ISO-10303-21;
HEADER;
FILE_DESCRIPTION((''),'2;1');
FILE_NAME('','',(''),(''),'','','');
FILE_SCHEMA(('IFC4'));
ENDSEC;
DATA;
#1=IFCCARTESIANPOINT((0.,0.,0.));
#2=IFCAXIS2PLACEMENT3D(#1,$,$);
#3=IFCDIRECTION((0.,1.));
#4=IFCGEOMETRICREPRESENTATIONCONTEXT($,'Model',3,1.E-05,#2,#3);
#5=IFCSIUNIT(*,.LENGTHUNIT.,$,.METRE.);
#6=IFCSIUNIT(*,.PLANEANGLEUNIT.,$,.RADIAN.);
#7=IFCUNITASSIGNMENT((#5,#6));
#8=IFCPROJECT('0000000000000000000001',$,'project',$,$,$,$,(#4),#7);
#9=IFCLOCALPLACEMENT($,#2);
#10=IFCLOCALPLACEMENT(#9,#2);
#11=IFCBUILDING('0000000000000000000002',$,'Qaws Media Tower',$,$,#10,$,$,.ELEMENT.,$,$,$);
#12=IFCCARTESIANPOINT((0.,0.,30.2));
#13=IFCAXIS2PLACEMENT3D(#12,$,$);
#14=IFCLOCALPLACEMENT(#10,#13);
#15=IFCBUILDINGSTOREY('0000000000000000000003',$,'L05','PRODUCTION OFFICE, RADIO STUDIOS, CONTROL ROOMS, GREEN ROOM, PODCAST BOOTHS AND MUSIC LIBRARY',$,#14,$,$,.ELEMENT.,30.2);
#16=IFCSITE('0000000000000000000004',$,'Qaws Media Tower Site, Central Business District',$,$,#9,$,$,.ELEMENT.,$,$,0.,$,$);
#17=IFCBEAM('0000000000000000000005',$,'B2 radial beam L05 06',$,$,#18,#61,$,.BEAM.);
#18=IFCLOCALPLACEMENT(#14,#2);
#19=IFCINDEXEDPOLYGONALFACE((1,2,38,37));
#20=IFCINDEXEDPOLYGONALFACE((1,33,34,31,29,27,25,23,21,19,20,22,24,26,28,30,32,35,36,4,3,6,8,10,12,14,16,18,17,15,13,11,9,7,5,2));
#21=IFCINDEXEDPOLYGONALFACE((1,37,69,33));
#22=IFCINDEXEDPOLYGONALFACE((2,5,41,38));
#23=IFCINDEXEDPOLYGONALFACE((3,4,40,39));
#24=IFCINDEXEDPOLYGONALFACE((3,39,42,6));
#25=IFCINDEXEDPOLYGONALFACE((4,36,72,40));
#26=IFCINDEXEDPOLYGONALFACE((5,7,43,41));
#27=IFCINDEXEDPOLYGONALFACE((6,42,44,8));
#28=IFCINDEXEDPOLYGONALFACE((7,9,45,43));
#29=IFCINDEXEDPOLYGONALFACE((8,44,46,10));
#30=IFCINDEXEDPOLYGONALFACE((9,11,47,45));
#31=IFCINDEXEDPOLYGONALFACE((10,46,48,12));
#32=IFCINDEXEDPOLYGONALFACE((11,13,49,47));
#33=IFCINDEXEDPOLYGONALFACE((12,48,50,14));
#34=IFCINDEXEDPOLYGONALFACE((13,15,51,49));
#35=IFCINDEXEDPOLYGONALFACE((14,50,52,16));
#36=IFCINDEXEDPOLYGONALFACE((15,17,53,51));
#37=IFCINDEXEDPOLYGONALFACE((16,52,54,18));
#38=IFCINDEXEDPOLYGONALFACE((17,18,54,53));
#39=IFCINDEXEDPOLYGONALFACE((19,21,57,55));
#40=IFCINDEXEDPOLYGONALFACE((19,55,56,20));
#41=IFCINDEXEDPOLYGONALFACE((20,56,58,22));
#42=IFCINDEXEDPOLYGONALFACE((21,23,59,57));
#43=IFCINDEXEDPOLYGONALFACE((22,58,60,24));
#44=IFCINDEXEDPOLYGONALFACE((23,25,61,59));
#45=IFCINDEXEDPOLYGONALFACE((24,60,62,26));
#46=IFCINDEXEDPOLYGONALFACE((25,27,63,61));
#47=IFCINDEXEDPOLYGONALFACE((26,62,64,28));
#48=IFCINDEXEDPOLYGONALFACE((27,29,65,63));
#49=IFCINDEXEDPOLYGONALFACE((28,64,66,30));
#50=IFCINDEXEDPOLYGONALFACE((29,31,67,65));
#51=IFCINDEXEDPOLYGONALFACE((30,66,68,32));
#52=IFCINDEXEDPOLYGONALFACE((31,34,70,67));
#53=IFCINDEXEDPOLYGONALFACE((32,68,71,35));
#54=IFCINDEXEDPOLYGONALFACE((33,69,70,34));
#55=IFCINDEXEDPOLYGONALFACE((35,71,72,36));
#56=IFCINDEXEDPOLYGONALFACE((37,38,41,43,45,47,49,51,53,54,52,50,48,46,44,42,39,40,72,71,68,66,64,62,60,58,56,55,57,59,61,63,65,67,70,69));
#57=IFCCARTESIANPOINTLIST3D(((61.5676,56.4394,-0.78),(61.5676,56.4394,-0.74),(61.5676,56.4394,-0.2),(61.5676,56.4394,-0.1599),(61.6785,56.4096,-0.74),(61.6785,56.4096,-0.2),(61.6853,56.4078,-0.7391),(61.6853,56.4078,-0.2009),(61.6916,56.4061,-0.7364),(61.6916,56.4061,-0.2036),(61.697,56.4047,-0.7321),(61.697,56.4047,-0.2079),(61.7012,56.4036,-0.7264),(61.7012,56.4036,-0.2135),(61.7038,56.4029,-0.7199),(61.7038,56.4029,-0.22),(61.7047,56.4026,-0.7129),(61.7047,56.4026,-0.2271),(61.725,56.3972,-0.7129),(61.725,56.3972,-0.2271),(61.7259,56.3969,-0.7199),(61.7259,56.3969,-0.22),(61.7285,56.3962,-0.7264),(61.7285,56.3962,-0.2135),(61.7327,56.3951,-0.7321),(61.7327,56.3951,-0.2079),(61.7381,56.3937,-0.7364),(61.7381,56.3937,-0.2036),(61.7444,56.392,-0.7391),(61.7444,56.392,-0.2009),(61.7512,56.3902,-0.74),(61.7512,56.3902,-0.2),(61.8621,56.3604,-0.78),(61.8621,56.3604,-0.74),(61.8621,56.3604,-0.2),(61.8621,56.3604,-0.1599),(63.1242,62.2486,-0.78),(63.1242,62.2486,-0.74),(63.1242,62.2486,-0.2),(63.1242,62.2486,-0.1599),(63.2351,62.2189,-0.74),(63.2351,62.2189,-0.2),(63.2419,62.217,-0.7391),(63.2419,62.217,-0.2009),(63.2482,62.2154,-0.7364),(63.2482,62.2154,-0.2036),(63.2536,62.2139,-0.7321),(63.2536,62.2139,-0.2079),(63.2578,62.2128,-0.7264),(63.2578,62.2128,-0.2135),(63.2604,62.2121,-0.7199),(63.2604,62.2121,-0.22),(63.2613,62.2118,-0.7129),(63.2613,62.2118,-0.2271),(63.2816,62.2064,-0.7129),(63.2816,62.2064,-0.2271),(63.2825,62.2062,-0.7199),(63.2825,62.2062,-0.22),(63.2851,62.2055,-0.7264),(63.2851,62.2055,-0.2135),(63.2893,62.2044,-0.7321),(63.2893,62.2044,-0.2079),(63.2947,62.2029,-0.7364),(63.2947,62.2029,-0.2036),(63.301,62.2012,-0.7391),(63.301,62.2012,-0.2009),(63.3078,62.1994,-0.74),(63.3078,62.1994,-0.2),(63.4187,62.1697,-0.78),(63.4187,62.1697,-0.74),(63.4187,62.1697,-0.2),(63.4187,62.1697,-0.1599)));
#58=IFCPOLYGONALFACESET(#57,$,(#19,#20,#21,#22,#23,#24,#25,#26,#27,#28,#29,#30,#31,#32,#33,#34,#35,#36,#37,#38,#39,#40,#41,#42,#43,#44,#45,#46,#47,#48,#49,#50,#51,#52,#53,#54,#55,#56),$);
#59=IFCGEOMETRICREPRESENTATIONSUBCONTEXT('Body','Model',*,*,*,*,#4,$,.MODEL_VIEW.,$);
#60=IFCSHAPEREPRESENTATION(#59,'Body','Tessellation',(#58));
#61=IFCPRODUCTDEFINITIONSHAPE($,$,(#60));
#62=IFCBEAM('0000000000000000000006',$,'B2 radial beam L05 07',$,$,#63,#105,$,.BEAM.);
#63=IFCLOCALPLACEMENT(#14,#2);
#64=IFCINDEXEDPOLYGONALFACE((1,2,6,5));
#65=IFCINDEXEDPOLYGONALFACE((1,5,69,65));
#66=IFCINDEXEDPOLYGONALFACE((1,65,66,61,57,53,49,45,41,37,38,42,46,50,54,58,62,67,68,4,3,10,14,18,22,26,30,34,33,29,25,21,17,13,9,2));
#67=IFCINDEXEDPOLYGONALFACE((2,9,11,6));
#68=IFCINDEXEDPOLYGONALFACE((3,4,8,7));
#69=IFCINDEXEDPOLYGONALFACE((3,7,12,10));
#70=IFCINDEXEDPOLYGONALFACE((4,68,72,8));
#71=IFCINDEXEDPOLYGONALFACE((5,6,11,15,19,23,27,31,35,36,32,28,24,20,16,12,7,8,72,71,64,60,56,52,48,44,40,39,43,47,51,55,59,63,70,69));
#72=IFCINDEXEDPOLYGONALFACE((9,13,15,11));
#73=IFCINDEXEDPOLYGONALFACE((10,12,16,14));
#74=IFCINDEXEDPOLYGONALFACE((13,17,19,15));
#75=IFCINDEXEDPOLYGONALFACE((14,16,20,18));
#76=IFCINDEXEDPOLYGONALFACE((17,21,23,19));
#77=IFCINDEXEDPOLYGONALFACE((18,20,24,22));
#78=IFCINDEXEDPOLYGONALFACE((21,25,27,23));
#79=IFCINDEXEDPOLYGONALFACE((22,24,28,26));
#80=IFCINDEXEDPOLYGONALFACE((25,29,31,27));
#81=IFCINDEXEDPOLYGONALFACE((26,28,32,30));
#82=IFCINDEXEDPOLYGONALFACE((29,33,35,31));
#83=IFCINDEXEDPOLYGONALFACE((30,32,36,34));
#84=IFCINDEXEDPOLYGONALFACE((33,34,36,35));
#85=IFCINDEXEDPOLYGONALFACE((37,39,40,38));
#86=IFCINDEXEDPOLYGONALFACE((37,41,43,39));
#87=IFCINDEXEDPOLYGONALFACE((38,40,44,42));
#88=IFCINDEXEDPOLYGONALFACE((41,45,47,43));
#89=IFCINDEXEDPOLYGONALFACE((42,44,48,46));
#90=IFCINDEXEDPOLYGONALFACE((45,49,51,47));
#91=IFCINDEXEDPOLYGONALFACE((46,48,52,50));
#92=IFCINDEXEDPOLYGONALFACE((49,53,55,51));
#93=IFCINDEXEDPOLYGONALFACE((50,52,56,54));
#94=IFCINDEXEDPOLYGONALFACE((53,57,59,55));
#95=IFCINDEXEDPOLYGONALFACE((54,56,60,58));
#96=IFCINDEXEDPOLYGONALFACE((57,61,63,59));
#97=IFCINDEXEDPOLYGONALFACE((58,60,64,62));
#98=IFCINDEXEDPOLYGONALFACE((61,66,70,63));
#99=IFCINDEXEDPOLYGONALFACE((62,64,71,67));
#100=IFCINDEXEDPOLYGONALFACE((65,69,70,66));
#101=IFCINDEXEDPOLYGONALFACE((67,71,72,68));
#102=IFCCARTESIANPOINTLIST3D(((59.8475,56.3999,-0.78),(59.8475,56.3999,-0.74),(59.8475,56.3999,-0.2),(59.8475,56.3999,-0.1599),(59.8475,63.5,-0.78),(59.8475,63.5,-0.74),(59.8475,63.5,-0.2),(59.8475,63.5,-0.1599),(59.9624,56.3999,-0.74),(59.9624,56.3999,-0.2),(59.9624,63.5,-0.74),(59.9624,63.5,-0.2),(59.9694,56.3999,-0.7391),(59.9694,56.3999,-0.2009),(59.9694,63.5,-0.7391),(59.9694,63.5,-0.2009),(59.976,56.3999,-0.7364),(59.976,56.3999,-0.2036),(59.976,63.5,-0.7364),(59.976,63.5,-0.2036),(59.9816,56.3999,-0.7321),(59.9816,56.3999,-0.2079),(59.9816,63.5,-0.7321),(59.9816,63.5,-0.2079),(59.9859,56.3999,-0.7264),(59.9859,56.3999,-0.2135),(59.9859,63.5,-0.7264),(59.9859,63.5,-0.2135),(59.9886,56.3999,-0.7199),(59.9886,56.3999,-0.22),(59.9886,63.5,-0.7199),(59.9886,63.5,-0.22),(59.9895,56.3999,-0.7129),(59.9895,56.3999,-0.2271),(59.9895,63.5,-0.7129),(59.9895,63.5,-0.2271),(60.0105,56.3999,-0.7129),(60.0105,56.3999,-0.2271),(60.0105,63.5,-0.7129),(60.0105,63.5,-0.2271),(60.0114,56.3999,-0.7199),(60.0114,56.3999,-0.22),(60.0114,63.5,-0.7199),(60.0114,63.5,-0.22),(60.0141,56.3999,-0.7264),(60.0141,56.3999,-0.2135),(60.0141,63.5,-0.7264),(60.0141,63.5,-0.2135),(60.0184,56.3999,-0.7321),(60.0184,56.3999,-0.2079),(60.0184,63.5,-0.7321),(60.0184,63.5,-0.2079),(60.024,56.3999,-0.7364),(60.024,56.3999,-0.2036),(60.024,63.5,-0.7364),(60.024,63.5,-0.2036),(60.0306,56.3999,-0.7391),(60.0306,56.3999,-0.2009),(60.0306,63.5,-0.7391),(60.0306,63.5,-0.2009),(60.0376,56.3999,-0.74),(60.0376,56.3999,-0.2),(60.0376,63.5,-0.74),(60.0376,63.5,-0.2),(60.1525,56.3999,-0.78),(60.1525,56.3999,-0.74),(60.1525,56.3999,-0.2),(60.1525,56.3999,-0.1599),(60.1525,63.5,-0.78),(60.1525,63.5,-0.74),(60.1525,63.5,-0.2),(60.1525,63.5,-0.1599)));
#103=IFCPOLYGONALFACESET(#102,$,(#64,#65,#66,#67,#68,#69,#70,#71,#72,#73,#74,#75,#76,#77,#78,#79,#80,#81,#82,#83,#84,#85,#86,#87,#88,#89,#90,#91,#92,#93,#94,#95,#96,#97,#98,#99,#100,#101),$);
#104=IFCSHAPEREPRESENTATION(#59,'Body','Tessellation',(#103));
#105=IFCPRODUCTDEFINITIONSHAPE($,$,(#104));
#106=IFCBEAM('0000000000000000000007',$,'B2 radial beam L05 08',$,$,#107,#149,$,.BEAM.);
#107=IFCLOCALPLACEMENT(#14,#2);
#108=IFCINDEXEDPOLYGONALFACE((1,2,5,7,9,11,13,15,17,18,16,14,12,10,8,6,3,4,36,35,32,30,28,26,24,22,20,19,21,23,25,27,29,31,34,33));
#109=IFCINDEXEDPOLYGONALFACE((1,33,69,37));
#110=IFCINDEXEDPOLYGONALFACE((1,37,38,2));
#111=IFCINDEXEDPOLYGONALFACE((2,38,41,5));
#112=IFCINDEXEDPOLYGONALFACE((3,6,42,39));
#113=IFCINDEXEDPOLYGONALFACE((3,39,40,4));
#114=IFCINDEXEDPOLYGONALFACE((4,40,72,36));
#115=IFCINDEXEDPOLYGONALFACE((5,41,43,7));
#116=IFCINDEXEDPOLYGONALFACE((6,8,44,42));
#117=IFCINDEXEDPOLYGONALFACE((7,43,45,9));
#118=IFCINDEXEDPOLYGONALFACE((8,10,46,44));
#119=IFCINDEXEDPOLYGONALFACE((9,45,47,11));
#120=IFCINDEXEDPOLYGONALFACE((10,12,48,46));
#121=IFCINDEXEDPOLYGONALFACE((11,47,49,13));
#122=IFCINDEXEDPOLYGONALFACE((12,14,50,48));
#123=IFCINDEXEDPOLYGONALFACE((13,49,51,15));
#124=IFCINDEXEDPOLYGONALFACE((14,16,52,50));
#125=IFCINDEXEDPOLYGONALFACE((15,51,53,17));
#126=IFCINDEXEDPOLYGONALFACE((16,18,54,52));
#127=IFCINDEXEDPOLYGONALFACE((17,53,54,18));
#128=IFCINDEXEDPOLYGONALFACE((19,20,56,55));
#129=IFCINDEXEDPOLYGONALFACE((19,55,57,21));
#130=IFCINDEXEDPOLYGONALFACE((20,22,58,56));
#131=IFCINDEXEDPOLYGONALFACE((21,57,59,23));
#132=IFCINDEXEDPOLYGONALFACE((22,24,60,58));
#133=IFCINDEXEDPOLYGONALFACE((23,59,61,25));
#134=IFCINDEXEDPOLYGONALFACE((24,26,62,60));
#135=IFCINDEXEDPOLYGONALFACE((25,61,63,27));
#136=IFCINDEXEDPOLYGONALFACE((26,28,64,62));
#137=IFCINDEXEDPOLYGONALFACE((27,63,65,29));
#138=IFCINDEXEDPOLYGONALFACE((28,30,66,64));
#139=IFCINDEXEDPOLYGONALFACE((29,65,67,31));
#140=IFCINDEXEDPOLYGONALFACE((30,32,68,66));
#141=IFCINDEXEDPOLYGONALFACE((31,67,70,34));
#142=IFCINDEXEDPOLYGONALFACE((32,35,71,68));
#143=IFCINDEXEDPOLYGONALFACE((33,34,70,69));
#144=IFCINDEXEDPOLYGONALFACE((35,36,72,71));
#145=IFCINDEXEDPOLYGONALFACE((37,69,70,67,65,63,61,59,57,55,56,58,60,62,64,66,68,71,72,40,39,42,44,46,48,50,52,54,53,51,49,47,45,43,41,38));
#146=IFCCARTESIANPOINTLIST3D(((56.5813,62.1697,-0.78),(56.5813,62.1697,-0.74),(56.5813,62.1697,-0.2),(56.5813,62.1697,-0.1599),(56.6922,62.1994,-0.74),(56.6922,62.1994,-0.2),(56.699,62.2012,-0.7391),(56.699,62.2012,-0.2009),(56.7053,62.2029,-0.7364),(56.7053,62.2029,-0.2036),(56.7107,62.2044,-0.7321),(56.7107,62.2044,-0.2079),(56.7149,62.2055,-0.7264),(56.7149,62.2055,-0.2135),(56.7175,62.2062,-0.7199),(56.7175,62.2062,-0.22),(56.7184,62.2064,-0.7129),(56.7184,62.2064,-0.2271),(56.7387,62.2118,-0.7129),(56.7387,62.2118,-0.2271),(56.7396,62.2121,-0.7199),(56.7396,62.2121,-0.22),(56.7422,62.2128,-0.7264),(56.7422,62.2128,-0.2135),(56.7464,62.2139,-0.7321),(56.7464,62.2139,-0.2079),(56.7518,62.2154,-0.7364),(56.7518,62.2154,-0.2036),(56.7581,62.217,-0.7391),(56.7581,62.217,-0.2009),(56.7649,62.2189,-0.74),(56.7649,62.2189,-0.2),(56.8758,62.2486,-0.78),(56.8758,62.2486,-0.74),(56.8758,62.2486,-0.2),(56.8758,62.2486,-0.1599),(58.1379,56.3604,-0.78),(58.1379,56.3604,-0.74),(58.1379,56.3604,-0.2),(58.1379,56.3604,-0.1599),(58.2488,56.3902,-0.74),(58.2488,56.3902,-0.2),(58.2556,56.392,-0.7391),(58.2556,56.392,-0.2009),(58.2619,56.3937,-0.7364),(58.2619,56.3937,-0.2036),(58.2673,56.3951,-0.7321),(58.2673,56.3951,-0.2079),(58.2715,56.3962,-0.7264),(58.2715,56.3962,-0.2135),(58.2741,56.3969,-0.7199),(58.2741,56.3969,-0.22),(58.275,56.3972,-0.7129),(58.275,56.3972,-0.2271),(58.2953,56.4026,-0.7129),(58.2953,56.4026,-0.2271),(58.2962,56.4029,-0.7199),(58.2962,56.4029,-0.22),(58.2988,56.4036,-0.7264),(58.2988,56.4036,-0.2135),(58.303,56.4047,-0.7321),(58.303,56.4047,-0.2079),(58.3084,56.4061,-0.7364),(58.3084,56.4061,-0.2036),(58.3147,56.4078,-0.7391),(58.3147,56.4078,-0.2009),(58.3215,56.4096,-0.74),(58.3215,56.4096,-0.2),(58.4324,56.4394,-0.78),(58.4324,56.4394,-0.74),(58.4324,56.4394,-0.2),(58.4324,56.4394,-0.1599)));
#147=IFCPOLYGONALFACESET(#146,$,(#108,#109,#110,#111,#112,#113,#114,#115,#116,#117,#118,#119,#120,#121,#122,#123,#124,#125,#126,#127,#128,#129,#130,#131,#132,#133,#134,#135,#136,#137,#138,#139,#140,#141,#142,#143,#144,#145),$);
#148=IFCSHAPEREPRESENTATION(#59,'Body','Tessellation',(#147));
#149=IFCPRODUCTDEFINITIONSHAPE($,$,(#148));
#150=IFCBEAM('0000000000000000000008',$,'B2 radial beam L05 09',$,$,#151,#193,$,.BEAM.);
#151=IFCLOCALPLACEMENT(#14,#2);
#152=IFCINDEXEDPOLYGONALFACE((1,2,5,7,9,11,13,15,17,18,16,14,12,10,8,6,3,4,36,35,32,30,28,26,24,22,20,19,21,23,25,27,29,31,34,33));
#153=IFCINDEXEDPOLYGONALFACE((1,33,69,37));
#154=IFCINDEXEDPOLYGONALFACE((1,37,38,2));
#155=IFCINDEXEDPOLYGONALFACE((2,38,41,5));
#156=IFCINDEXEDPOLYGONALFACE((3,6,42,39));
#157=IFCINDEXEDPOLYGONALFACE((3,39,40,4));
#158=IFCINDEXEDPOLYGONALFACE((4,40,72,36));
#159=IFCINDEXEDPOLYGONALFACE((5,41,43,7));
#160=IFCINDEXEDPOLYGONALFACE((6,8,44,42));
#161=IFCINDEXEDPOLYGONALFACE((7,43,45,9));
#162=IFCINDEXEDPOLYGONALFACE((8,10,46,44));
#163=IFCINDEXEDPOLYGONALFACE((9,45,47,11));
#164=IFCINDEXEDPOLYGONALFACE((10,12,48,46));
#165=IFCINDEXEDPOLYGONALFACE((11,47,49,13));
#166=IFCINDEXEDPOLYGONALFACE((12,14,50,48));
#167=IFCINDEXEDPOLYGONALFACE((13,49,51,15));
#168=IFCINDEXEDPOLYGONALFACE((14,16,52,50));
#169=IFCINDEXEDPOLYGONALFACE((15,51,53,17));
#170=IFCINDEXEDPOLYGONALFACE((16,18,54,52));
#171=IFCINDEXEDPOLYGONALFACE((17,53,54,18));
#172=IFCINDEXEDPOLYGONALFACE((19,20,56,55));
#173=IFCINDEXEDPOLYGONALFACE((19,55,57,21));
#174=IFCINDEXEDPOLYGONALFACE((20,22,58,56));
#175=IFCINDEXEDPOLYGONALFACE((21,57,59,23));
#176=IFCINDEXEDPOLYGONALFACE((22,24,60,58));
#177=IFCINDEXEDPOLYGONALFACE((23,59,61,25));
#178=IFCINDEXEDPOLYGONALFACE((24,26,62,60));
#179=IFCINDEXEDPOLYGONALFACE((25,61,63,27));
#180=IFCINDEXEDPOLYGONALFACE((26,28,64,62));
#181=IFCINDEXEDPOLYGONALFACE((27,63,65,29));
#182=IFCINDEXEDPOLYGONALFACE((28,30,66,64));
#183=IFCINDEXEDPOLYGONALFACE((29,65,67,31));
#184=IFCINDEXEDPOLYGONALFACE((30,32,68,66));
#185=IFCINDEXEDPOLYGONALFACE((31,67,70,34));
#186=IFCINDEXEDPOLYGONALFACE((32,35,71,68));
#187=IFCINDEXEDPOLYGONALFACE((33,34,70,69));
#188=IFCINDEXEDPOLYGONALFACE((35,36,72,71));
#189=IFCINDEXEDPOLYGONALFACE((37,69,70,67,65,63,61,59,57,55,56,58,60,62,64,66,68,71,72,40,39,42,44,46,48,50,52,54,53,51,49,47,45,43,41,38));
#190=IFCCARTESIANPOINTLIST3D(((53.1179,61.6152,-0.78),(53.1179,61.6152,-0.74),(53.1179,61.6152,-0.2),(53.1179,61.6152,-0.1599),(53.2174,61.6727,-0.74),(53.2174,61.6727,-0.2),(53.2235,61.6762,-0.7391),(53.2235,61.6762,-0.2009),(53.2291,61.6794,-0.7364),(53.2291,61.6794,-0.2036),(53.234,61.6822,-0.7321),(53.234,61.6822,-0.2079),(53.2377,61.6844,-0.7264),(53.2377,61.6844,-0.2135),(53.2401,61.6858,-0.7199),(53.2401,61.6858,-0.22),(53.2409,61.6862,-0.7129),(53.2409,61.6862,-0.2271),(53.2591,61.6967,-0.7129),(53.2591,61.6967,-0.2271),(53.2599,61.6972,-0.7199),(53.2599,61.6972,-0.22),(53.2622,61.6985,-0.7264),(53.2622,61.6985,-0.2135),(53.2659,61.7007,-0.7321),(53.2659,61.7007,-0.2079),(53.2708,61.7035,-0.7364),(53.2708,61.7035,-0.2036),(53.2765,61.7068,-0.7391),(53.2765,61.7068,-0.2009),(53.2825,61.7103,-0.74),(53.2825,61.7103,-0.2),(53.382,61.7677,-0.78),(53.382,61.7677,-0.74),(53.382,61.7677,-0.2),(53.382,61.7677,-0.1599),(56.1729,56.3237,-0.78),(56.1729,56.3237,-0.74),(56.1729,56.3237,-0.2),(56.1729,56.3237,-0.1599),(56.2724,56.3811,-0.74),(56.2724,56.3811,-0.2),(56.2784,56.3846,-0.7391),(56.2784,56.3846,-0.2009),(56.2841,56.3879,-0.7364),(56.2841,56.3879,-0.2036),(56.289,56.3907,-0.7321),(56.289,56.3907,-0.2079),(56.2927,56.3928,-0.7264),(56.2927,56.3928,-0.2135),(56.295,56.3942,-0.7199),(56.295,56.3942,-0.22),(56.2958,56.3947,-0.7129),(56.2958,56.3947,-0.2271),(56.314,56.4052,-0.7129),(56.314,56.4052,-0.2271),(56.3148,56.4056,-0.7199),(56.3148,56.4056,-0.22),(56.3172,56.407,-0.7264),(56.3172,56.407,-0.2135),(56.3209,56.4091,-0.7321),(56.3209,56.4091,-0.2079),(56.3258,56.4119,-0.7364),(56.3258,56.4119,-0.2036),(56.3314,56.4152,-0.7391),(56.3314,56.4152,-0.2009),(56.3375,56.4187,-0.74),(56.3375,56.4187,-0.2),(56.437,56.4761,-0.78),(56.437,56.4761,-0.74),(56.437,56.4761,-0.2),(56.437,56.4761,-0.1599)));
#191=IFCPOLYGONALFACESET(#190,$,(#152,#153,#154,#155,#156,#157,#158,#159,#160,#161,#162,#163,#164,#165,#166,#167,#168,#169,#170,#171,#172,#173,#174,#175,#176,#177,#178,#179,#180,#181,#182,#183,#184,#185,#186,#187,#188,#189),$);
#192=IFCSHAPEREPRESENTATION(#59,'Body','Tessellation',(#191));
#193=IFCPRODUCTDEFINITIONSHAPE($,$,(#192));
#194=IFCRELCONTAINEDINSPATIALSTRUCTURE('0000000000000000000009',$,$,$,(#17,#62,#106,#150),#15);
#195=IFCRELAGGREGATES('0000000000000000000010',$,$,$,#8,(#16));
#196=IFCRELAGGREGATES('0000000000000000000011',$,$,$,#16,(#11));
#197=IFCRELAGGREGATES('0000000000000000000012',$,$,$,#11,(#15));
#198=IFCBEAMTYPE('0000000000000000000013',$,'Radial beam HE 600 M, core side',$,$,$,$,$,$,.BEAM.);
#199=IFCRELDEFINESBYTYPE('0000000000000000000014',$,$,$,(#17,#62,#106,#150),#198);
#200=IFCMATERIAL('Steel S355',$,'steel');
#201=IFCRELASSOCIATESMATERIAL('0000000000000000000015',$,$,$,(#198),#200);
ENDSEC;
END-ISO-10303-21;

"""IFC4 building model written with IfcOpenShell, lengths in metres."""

from ifc_helpers import new_model, si_unit, direction, frame, origin, origin_2d, place, context, subcontext, project, spatial, i_section, extrude, material, material_profile, profile_set, type_object, element, save


model = new_model("IFC4")

# Units and contexts
model_context = context("Model", 3, precision=1e-05, world=origin(), true_north=direction((0.0, 1.0)))
body_context = subcontext(model_context, "Body", "Model", "MODEL_VIEW")
ifc_project = project(units=[si_unit("LENGTHUNIT", "METRE"), si_unit("PLANEANGLEUNIT", "RADIAN")], contexts=[model_context])

# Site, building, storey
site_placement = place(None, origin())
site = spatial("IfcSite", under=ifc_project, at=site_placement, Name="Qaws Media Tower Site, Central Business District", CompositionType="ELEMENT", RefElevation=0.0)
building_placement = place(site_placement, origin())
building = spatial("IfcBuilding", under=site, at=building_placement, Name="Qaws Media Tower", CompositionType="ELEMENT")
storey_placement = place(building_placement, frame((0.0, 0.0, 30.2)))
storey = spatial("IfcBuildingStorey", under=building, at=storey_placement, Name="L05", Description="PRODUCTION OFFICE, RADIO STUDIOS, CONTROL ROOMS, GREEN ROOM, PODCAST BOOTHS AND MUSIC LIBRARY", CompositionType="ELEMENT", Elevation=30.2)

# Beams
ifc_material_1 = material(Name="Steel S355", Category="steel")
ifc_material_profile_1 = material_profile(ifc_material_1, i_section(OverallWidth=0.3049, OverallDepth=0.6201, WebThickness=0.021, FlangeThickness=0.04, FilletRadius=0.0271, at=origin_2d()), Name="HE 600 M")
ifc_profile_set_1 = profile_set([ifc_material_profile_1], Name="Steel S355")
beam_type_1 = type_object("IfcBeamType", Name="Radial beam HE 600 M, core side", PredefinedType="BEAM", material=ifc_profile_set_1)
beam_1_placement = place(storey_placement, frame((61.7148, 56.3999, -0.47), z_axis=(0.258825, 0.965924, 0.0), x_axis=(-0.965924, 0.258825, 0.0)))
element("IfcBeam", 1, at=beam_1_placement, inside=storey, type_object=beam_type_1, Name="B2 radial beam L05 06", PredefinedType="BEAM", context=body_context, shape_type="SweptSolid", body=[
    extrude(i_section(OverallWidth=0.3049, OverallDepth=0.6201, WebThickness=0.021, FlangeThickness=0.04, FilletRadius=0.0271, at=origin_2d()), origin(), (0.0, 0.0, 1.0), 6.0142),
])
beam_2_placement = place(storey_placement, frame((60.0, 56.3999, -0.47), z_axis=(0.0, 1.0, 0.0), x_axis=(-1.0, 0.0, 0.0)))
element("IfcBeam", 2, at=beam_2_placement, inside=storey, type_object=beam_type_1, Name="B2 radial beam L05 07", PredefinedType="BEAM", context=body_context, shape_type="SweptSolid", body=[
    extrude(i_section(OverallWidth=0.3049, OverallDepth=0.6201, WebThickness=0.021, FlangeThickness=0.04, FilletRadius=0.0271, at=origin_2d()), origin(), (0.0, 0.0, 1.0), 7.1001),
])
beam_3_placement = place(storey_placement, frame((58.2852, 56.3999, -0.47), z_axis=(-0.258825, 0.965924, 0.0), x_axis=(-0.965924, -0.258825, 0.0)))
element("IfcBeam", 3, at=beam_3_placement, inside=storey, type_object=beam_type_1, Name="B2 radial beam L05 08", PredefinedType="BEAM", context=body_context, shape_type="SweptSolid", body=[
    extrude(i_section(OverallWidth=0.3049, OverallDepth=0.6201, WebThickness=0.021, FlangeThickness=0.04, FilletRadius=0.0271, at=origin_2d()), origin(), (0.0, 0.0, 1.0), 6.0142),
])
beam_4_placement = place(storey_placement, frame((56.3049, 56.3999, -0.47), z_axis=(-0.499985, 0.866034, 0.0), x_axis=(-0.866034, -0.499985, 0.0)))
element("IfcBeam", 4, at=beam_4_placement, inside=storey, type_object=beam_type_1, Name="B2 radial beam L05 09", PredefinedType="BEAM", context=body_context, shape_type="SweptSolid", body=[
    extrude(i_section(OverallWidth=0.3049, OverallDepth=0.6201, WebThickness=0.021, FlangeThickness=0.04, FilletRadius=0.0271, at=origin_2d()), origin(), (0.0, 0.0, 1.0), 6.1101),
])

save(model, "model.ifc")
